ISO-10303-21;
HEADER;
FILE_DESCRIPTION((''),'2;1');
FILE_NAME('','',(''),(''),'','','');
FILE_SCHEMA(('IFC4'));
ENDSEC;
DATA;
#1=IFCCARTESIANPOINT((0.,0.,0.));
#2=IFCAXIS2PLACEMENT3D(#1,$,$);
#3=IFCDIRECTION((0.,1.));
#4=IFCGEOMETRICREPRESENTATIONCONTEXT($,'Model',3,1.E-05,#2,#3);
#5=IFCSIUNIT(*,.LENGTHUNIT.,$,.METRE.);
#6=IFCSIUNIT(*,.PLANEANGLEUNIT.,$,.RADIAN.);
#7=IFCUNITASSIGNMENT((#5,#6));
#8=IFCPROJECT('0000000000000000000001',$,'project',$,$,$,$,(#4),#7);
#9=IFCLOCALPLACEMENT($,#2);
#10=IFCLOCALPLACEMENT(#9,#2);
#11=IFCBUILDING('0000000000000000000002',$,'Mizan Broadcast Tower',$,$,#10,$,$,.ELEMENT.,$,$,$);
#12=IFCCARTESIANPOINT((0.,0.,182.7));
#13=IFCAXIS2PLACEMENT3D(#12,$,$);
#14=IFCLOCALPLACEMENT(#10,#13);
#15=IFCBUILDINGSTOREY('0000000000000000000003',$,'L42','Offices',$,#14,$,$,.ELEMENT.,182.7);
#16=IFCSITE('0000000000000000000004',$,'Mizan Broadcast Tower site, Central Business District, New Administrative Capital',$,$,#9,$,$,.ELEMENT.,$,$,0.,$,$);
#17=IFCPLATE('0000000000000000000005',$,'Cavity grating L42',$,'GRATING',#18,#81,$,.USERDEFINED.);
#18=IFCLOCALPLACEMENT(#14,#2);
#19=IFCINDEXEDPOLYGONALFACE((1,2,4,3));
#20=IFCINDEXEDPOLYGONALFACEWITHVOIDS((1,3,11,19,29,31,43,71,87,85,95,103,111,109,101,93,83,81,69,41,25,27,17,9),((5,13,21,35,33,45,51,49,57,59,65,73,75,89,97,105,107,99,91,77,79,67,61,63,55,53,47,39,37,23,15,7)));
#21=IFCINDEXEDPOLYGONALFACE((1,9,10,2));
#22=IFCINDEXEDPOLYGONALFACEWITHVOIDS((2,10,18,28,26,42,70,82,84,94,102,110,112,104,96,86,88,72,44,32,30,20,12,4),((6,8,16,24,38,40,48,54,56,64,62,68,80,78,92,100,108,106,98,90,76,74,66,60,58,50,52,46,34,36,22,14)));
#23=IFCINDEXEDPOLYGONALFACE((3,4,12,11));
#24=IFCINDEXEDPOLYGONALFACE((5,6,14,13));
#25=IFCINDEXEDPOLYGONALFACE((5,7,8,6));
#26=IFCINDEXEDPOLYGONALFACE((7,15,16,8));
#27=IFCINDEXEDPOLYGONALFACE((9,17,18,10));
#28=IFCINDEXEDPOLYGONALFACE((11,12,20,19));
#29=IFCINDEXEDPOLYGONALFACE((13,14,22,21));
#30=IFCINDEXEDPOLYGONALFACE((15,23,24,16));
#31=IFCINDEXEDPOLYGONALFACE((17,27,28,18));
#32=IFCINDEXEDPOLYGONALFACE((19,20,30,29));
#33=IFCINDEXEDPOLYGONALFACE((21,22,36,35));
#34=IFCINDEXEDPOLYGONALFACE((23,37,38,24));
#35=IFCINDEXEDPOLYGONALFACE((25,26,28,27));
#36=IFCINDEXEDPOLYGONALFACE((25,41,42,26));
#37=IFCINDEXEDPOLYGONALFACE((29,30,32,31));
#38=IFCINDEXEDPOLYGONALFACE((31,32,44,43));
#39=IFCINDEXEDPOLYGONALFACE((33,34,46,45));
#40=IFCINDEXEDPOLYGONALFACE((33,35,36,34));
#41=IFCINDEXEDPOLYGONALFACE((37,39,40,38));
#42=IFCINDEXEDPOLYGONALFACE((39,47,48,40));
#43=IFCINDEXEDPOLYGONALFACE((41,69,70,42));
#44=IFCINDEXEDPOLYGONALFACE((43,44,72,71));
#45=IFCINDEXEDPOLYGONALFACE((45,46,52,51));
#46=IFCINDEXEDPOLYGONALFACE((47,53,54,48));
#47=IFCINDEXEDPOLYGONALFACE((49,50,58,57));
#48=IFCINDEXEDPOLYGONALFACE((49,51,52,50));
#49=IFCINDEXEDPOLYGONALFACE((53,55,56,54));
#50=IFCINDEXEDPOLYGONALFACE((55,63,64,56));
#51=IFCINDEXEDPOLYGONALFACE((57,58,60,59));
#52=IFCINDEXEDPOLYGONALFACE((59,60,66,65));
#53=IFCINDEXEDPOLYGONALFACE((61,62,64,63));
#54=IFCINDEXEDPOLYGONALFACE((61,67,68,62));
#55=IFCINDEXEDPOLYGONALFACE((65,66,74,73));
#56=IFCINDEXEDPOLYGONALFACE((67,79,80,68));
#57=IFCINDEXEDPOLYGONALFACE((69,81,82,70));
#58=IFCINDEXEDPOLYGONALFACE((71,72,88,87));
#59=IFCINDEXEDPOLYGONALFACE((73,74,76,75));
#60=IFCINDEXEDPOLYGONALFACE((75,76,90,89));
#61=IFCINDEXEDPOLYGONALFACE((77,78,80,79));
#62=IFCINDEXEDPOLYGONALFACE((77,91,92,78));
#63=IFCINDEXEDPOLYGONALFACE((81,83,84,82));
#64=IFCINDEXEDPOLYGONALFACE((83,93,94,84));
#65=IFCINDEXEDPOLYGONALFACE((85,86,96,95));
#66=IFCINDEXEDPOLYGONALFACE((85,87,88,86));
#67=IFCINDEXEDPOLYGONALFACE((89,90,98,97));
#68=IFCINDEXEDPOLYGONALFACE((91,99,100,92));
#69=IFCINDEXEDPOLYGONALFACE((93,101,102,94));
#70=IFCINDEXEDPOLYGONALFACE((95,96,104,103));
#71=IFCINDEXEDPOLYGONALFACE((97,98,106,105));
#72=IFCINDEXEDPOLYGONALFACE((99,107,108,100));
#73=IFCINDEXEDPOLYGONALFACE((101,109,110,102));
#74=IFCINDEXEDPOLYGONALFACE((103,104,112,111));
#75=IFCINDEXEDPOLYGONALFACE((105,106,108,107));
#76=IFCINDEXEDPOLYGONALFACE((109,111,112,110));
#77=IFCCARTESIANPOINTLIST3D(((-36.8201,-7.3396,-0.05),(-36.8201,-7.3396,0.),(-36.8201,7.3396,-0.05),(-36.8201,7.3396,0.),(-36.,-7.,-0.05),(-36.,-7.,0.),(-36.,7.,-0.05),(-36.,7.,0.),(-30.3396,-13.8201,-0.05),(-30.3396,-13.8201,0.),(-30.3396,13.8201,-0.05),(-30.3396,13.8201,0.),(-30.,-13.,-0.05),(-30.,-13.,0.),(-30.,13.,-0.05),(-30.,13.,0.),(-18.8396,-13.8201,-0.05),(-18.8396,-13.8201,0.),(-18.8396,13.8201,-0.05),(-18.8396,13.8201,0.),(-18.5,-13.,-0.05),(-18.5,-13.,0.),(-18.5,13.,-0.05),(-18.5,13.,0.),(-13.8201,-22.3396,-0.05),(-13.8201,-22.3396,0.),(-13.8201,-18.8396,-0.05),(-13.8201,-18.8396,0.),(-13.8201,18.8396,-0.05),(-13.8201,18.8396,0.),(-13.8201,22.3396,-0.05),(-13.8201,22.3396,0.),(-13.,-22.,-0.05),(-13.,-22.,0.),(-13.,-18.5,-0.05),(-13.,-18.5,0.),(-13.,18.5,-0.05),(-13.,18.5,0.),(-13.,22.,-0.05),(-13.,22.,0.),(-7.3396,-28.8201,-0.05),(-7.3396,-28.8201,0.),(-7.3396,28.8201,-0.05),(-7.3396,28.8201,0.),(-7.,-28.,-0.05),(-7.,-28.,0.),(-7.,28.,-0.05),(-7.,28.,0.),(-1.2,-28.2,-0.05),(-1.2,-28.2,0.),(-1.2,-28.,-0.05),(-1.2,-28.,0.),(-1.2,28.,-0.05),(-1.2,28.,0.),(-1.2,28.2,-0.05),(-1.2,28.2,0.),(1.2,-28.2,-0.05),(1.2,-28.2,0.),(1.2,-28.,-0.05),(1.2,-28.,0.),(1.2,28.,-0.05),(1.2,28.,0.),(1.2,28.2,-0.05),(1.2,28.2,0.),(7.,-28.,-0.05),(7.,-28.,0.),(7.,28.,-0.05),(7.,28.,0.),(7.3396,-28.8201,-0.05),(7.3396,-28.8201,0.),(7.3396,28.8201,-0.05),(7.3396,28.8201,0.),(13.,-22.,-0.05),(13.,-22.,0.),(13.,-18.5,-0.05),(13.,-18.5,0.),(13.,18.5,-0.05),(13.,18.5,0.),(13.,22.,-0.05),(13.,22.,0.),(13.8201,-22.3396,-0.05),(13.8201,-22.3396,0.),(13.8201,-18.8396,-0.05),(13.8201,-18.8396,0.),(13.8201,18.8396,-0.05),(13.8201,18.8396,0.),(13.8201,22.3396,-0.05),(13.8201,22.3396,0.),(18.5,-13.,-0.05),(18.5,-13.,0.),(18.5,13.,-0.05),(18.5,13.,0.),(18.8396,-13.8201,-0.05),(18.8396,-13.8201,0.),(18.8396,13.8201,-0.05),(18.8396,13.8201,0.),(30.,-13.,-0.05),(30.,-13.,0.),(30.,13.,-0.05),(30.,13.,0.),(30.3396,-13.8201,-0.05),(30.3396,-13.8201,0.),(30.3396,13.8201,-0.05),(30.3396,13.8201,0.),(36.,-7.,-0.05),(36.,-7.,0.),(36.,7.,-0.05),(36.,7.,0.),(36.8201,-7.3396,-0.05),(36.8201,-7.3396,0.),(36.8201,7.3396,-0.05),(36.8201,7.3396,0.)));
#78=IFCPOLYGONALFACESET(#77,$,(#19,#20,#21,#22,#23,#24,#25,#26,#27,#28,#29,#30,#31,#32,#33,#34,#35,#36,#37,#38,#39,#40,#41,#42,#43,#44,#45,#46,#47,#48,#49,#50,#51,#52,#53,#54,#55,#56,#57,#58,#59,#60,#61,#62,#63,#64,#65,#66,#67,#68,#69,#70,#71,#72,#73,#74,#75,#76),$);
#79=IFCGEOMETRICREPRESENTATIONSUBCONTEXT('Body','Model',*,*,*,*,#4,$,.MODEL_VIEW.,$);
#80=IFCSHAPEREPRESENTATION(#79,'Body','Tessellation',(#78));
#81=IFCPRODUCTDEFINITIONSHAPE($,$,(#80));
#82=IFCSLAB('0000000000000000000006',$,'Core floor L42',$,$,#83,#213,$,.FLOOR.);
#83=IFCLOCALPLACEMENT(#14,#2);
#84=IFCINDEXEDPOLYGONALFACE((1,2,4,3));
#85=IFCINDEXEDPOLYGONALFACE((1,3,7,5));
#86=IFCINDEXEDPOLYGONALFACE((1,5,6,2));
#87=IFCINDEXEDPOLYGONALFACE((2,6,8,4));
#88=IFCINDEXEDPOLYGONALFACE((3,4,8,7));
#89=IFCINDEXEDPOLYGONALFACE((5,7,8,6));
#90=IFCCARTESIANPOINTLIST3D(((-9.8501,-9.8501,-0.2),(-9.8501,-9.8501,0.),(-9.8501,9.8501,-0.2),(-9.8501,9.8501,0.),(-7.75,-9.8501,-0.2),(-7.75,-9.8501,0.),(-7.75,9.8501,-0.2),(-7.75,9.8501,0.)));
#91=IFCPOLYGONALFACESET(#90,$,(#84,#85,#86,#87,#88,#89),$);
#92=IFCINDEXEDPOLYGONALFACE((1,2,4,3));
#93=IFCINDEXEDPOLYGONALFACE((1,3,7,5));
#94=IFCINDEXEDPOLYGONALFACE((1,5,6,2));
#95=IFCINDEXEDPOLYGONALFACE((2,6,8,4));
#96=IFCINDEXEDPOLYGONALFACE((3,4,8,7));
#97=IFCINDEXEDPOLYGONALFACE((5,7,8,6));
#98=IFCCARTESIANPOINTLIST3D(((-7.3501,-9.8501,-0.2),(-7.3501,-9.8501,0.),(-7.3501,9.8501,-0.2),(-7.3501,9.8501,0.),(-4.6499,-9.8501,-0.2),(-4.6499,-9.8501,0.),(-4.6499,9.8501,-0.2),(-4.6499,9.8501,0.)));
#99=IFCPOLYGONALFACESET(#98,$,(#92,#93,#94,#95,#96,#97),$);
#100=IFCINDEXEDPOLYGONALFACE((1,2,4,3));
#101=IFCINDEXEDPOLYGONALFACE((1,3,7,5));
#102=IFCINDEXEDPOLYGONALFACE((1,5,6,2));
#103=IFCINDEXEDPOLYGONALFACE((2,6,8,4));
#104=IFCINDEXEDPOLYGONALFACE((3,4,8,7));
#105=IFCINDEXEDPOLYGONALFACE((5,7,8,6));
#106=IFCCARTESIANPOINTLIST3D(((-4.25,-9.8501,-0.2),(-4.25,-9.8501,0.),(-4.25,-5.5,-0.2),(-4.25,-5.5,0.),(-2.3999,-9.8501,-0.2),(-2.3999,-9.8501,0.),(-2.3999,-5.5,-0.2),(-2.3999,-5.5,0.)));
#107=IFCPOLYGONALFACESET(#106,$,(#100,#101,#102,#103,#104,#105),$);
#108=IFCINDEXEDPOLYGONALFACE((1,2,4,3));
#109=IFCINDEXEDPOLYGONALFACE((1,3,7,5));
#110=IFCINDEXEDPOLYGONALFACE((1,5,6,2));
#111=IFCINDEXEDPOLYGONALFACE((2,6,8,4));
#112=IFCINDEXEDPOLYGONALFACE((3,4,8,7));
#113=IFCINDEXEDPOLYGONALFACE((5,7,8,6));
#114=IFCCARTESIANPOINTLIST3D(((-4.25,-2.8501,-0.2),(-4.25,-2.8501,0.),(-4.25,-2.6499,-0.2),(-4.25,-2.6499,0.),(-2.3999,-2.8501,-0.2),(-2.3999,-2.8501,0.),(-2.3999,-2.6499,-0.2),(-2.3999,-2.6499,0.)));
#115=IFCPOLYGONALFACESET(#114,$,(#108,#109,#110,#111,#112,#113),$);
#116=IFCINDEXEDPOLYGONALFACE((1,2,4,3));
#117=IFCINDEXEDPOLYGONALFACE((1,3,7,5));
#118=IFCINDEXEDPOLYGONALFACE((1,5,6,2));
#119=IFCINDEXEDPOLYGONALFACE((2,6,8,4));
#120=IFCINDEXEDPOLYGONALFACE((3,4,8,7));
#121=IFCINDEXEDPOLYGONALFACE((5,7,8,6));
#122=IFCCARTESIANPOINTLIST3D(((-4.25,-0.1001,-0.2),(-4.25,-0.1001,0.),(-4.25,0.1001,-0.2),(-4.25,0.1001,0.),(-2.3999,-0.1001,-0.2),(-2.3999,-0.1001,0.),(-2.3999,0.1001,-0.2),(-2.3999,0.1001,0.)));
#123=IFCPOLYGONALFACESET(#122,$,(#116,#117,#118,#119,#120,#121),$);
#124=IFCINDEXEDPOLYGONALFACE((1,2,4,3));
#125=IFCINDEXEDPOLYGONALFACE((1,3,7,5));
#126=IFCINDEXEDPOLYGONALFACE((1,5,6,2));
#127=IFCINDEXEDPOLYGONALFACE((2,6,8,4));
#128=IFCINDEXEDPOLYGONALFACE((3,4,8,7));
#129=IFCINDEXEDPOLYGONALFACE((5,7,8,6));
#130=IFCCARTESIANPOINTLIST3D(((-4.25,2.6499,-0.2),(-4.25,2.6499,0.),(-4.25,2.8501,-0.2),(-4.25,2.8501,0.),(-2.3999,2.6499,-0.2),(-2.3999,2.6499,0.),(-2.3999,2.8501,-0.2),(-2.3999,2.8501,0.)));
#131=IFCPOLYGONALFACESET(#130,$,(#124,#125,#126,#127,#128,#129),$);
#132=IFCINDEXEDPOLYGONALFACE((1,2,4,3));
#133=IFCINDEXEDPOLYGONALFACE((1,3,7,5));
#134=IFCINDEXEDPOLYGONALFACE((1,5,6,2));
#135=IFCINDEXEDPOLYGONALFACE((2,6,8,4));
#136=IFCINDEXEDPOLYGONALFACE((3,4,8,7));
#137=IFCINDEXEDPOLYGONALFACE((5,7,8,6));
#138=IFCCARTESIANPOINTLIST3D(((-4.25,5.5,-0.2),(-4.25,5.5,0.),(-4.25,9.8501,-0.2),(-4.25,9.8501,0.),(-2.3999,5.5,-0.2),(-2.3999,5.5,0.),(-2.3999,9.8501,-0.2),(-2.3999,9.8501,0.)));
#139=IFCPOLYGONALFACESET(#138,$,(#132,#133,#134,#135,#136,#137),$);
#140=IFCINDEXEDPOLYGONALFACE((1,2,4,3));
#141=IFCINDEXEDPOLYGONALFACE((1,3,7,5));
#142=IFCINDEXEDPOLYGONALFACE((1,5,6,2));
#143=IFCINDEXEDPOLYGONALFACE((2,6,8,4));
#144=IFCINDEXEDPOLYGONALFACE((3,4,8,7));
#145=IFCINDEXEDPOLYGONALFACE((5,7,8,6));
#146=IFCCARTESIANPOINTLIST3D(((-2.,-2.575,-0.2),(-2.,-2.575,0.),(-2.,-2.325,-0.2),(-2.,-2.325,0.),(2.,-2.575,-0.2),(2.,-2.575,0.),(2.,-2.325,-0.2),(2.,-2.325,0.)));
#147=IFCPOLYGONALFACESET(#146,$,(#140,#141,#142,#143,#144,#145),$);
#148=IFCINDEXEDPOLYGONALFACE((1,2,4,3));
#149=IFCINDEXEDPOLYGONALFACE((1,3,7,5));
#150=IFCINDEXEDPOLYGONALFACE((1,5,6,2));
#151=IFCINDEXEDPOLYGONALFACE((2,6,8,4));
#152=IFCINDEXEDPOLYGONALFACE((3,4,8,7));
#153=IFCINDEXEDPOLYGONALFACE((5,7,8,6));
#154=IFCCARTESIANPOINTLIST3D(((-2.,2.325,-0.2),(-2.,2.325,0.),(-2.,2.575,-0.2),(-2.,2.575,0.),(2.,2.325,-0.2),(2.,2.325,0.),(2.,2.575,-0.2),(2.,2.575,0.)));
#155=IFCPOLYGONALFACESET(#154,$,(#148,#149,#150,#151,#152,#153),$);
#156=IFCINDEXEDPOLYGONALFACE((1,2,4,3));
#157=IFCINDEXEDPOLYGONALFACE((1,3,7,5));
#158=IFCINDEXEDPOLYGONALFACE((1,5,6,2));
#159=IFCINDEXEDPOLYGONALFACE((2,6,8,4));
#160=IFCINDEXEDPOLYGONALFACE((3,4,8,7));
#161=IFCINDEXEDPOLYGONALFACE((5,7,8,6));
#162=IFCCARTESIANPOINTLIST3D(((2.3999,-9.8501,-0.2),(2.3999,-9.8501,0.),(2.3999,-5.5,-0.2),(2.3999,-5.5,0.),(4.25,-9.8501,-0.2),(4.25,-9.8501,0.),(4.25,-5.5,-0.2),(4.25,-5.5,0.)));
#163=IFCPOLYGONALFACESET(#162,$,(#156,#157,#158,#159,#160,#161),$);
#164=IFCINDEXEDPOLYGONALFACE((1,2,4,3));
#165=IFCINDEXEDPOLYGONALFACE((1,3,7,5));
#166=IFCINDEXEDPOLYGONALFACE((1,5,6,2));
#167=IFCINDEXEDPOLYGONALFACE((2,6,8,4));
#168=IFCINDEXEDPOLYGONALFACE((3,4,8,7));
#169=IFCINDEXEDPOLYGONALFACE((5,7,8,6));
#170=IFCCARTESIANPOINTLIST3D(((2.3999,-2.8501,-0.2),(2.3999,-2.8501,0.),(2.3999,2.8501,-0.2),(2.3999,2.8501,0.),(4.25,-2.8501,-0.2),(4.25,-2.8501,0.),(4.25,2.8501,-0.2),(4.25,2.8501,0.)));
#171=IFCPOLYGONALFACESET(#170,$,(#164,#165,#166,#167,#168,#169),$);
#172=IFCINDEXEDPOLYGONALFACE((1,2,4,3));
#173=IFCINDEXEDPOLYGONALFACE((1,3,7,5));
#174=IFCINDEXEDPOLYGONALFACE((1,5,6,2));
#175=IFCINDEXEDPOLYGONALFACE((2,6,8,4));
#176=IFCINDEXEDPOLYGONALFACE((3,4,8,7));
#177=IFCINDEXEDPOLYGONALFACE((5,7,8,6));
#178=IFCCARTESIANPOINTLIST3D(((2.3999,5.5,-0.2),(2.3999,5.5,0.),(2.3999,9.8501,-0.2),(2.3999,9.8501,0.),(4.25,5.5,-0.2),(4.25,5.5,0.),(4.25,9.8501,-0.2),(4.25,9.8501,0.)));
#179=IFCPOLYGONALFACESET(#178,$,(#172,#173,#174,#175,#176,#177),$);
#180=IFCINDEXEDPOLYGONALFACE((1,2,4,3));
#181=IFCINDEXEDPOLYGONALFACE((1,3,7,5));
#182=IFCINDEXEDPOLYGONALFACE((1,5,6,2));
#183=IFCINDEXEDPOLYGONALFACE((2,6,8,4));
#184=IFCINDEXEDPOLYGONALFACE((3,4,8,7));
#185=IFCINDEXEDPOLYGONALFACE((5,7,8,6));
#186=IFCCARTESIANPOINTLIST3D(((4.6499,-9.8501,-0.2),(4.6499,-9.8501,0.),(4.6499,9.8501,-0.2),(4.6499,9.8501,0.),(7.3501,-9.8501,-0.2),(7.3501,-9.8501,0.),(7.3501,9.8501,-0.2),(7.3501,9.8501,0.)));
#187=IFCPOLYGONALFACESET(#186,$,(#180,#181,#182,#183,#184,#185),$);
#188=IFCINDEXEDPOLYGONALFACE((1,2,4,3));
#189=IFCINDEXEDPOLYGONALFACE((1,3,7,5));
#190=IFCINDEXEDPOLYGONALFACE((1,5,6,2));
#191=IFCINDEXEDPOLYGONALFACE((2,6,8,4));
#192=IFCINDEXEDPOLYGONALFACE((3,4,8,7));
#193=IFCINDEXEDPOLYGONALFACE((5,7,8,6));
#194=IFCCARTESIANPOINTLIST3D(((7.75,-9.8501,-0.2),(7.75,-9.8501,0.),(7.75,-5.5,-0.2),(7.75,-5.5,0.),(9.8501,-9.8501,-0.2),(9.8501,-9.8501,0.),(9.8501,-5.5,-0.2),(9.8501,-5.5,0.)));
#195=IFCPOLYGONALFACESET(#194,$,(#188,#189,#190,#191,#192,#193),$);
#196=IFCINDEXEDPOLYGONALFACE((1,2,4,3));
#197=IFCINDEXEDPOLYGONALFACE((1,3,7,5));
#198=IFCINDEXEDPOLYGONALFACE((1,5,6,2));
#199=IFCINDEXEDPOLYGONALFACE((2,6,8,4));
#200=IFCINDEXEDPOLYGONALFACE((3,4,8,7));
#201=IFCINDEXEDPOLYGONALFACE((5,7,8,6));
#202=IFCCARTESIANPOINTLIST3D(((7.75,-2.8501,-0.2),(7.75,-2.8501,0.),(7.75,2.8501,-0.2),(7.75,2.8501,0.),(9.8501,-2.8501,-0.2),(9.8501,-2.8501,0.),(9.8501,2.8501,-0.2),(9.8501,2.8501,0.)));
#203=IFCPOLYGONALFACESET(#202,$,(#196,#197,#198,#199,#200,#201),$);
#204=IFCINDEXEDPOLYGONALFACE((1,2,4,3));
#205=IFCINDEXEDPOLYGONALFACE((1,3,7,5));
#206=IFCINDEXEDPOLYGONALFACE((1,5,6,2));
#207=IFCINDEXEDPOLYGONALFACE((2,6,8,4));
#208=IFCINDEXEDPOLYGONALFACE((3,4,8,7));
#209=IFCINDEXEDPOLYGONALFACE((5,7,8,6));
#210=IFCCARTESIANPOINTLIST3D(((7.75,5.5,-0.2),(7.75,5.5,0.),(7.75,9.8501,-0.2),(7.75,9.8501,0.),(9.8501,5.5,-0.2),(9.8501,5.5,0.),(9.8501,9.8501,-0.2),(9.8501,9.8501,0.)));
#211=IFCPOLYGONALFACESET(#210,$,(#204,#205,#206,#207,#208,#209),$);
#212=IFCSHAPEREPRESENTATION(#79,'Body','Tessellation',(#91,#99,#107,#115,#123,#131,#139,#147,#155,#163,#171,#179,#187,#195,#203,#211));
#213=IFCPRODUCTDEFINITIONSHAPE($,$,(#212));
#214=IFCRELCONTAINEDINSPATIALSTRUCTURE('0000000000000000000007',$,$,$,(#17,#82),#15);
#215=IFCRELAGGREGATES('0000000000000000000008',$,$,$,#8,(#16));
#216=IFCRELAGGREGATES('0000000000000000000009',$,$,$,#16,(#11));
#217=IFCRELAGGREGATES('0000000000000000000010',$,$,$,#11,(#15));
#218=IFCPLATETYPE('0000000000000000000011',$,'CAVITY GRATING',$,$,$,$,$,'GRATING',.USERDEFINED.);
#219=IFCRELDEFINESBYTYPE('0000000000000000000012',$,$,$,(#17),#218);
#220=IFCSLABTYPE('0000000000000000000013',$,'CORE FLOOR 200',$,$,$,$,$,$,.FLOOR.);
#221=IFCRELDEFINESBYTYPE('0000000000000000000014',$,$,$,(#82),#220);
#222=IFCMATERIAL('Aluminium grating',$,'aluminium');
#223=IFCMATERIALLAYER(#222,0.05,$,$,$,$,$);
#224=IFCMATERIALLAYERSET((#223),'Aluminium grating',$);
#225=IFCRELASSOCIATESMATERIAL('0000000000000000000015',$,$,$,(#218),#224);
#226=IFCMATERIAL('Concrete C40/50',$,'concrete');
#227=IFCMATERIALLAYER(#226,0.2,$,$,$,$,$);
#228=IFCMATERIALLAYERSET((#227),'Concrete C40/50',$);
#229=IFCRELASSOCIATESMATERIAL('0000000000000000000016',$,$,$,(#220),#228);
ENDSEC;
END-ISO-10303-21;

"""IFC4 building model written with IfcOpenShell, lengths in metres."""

from ifc_helpers import new_model, si_unit, direction, frame, origin, place, context, subcontext, project, spatial, polyline, outline, extrude, material, layer, layer_set, type_object, element, save


model = new_model("IFC4")

# Units and contexts
model_context = context("Model", 3, precision=1e-05, world=origin(), true_north=direction((0.0, 1.0)))
body_context = subcontext(model_context, "Body", "Model", "MODEL_VIEW")
ifc_project = project(units=[si_unit("LENGTHUNIT", "METRE"), si_unit("PLANEANGLEUNIT", "RADIAN")], contexts=[model_context])

# Site, building, storey
site_placement = place(None, origin())
site = spatial("IfcSite", under=ifc_project, at=site_placement, Name="Mizan Broadcast Tower site, Central Business District, New Administrative Capital", CompositionType="ELEMENT", RefElevation=0.0)
building_placement = place(site_placement, origin())
building = spatial("IfcBuilding", under=site, at=building_placement, Name="Mizan Broadcast Tower", CompositionType="ELEMENT")
storey_placement = place(building_placement, frame((0.0, 0.0, 182.7)))
storey = spatial("IfcBuildingStorey", under=building, at=storey_placement, Name="L42", Description="Offices", CompositionType="ELEMENT", Elevation=182.7)

# Plate
ifc_material_1 = material(Name="Aluminium grating", Category="aluminium")
ifc_layer_1 = layer(ifc_material_1, 0.05)
ifc_layer_set_1 = layer_set([ifc_layer_1], Name="Aluminium grating")
plate_type = type_object("IfcPlateType", Name="CAVITY GRATING", ElementType="GRATING", PredefinedType="USERDEFINED", material=ifc_layer_set_1)
plate_placement = place(storey_placement, frame((0.0, 0.0, -0.05)))
element("IfcPlate", 1, at=plate_placement, inside=storey, type_object=plate_type, Name="Cavity grating L42", ObjectType="GRATING", PredefinedType="USERDEFINED", context=body_context, shape_type="SweptSolid", body=[
    extrude(outline(polyline([(13.8201, -18.8396), (18.8396, -13.8201), (30.3396, -13.8201), (36.8201, -7.3396), (36.8201, 7.3396), (30.3396, 13.8201), (18.8396, 13.8201), (13.8201, 18.8396), (13.8201, 22.3396), (7.3396, 28.8201), (-7.3396, 28.8201), (-13.8201, 22.3396), (-13.8201, 18.8396), (-18.8396, 13.8201), (-30.3396, 13.8201), (-36.8201, 7.3396), (-36.8201, -7.3396), (-30.3396, -13.8201), (-18.8396, -13.8201), (-13.8201, -18.8396), (-13.8201, -22.3396), (-7.3396, -28.8201), (7.3396, -28.8201), (13.8201, -22.3396), (13.8201, -18.8396)]), holes=[polyline([(36.0, 7.0), (36.0, -7.0), (30.0, -13.0), (18.5, -13.0), (13.0, -18.5), (13.0, -22.0), (7.0, -28.0), (1.2, -28.0), (1.2, -28.2), (-1.2, -28.2), (-1.2, -28.0), (-7.0, -28.0), (-13.0, -22.0), (-13.0, -18.5), (-18.5, -13.0), (-30.0, -13.0), (-36.0, -7.0), (-36.0, 7.0), (-30.0, 13.0), (-18.5, 13.0), (-13.0, 18.5), (-13.0, 22.0), (-7.0, 28.0), (-1.2, 28.0), (-1.2, 28.2), (1.2, 28.2), (1.2, 28.0), (7.0, 28.0), (13.0, 22.0), (13.0, 18.5), (18.5, 13.0), (30.0, 13.0), (36.0, 7.0)])]), origin(), (0.0, 0.0, 1.0), 0.05),
])

# Slab
ifc_material_2 = material(Name="Concrete C40/50", Category="concrete")
ifc_layer_2 = layer(ifc_material_2, 0.2)
ifc_layer_set_2 = layer_set([ifc_layer_2], Name="Concrete C40/50")
slab_type_1 = type_object("IfcSlabType", Name="CORE FLOOR 200", PredefinedType="FLOOR", material=ifc_layer_set_2)
slab_1_placement = place(storey_placement, frame((0.0, 0.0, -0.2)))
element("IfcSlab", 2, at=slab_1_placement, inside=storey, type_object=slab_type_1, Name="Core floor L42", PredefinedType="FLOOR", context=body_context, shape_type="SweptSolid", body=[
    extrude(outline(polyline([(-9.8501, -9.8501), (-7.75, -9.8501), (-7.75, 9.8501), (-9.8501, 9.8501), (-9.8501, -9.8501)])), origin(), (0.0, 0.0, 1.0), 0.2),
    extrude(outline(polyline([(-4.6499, 9.8501), (-7.3501, 9.8501), (-7.3501, -9.8501), (-4.6499, -9.8501), (-4.6499, 9.8501)])), origin(), (0.0, 0.0, 1.0), 0.2),
    extrude(outline(polyline([(-4.25, -5.5), (-4.25, -9.8501), (-2.3999, -9.8501), (-2.3999, -5.5), (-4.25, -5.5)])), origin(), (0.0, 0.0, 1.0), 0.2),
    extrude(outline(polyline([(-4.25, -2.8501), (-2.3999, -2.8501), (-2.3999, -2.6499), (-4.25, -2.6499), (-4.25, -2.8501)])), origin(), (0.0, 0.0, 1.0), 0.2),
    extrude(outline(polyline([(-4.25, -0.1001), (-2.3999, -0.1001), (-2.3999, 0.1001), (-4.25, 0.1001), (-4.25, -0.1001)])), origin(), (0.0, 0.0, 1.0), 0.2),
    extrude(outline(polyline([(-4.25, 2.6499), (-2.3999, 2.6499), (-2.3999, 2.8501), (-4.25, 2.8501), (-4.25, 2.6499)])), origin(), (0.0, 0.0, 1.0), 0.2),
    extrude(outline(polyline([(-4.25, 5.5), (-2.3999, 5.5), (-2.3999, 9.8501), (-4.25, 9.8501), (-4.25, 5.5)])), origin(), (0.0, 0.0, 1.0), 0.2),
    extrude(outline(polyline([(2.0, -2.325), (-2.0, -2.325), (-2.0, -2.575), (2.0, -2.575), (2.0, -2.325)])), origin(), (0.0, 0.0, 1.0), 0.2),
    extrude(outline(polyline([(2.0, 2.575), (-2.0, 2.575), (-2.0, 2.325), (2.0, 2.325), (2.0, 2.575)])), origin(), (0.0, 0.0, 1.0), 0.2),
    extrude(outline(polyline([(4.25, -9.8501), (4.25, -5.5), (2.3999, -5.5), (2.3999, -9.8501), (4.25, -9.8501)])), origin(), (0.0, 0.0, 1.0), 0.2),
    extrude(outline(polyline([(4.25, -2.8501), (4.25, 2.8501), (2.3999, 2.8501), (2.3999, -2.8501), (4.25, -2.8501)])), origin(), (0.0, 0.0, 1.0), 0.2),
    extrude(outline(polyline([(4.25, 5.5), (4.25, 9.8501), (2.3999, 9.8501), (2.3999, 5.5), (4.25, 5.5)])), origin(), (0.0, 0.0, 1.0), 0.2),
    extrude(outline(polyline([(4.6499, 9.8501), (4.6499, -9.8501), (7.3501, -9.8501), (7.3501, 9.8501), (4.6499, 9.8501)])), origin(), (0.0, 0.0, 1.0), 0.2),
    extrude(outline(polyline([(9.8501, -9.8501), (9.8501, -5.5), (7.75, -5.5), (7.75, -9.8501), (9.8501, -9.8501)])), origin(), (0.0, 0.0, 1.0), 0.2),
    extrude(outline(polyline([(7.75, -2.8501), (9.8501, -2.8501), (9.8501, 2.8501), (7.75, 2.8501), (7.75, -2.8501)])), origin(), (0.0, 0.0, 1.0), 0.2),
    extrude(outline(polyline([(9.8501, 5.5), (9.8501, 9.8501), (7.75, 9.8501), (7.75, 5.5), (9.8501, 5.5)])), origin(), (0.0, 0.0, 1.0), 0.2),
])

save(model, "model.ifc")
